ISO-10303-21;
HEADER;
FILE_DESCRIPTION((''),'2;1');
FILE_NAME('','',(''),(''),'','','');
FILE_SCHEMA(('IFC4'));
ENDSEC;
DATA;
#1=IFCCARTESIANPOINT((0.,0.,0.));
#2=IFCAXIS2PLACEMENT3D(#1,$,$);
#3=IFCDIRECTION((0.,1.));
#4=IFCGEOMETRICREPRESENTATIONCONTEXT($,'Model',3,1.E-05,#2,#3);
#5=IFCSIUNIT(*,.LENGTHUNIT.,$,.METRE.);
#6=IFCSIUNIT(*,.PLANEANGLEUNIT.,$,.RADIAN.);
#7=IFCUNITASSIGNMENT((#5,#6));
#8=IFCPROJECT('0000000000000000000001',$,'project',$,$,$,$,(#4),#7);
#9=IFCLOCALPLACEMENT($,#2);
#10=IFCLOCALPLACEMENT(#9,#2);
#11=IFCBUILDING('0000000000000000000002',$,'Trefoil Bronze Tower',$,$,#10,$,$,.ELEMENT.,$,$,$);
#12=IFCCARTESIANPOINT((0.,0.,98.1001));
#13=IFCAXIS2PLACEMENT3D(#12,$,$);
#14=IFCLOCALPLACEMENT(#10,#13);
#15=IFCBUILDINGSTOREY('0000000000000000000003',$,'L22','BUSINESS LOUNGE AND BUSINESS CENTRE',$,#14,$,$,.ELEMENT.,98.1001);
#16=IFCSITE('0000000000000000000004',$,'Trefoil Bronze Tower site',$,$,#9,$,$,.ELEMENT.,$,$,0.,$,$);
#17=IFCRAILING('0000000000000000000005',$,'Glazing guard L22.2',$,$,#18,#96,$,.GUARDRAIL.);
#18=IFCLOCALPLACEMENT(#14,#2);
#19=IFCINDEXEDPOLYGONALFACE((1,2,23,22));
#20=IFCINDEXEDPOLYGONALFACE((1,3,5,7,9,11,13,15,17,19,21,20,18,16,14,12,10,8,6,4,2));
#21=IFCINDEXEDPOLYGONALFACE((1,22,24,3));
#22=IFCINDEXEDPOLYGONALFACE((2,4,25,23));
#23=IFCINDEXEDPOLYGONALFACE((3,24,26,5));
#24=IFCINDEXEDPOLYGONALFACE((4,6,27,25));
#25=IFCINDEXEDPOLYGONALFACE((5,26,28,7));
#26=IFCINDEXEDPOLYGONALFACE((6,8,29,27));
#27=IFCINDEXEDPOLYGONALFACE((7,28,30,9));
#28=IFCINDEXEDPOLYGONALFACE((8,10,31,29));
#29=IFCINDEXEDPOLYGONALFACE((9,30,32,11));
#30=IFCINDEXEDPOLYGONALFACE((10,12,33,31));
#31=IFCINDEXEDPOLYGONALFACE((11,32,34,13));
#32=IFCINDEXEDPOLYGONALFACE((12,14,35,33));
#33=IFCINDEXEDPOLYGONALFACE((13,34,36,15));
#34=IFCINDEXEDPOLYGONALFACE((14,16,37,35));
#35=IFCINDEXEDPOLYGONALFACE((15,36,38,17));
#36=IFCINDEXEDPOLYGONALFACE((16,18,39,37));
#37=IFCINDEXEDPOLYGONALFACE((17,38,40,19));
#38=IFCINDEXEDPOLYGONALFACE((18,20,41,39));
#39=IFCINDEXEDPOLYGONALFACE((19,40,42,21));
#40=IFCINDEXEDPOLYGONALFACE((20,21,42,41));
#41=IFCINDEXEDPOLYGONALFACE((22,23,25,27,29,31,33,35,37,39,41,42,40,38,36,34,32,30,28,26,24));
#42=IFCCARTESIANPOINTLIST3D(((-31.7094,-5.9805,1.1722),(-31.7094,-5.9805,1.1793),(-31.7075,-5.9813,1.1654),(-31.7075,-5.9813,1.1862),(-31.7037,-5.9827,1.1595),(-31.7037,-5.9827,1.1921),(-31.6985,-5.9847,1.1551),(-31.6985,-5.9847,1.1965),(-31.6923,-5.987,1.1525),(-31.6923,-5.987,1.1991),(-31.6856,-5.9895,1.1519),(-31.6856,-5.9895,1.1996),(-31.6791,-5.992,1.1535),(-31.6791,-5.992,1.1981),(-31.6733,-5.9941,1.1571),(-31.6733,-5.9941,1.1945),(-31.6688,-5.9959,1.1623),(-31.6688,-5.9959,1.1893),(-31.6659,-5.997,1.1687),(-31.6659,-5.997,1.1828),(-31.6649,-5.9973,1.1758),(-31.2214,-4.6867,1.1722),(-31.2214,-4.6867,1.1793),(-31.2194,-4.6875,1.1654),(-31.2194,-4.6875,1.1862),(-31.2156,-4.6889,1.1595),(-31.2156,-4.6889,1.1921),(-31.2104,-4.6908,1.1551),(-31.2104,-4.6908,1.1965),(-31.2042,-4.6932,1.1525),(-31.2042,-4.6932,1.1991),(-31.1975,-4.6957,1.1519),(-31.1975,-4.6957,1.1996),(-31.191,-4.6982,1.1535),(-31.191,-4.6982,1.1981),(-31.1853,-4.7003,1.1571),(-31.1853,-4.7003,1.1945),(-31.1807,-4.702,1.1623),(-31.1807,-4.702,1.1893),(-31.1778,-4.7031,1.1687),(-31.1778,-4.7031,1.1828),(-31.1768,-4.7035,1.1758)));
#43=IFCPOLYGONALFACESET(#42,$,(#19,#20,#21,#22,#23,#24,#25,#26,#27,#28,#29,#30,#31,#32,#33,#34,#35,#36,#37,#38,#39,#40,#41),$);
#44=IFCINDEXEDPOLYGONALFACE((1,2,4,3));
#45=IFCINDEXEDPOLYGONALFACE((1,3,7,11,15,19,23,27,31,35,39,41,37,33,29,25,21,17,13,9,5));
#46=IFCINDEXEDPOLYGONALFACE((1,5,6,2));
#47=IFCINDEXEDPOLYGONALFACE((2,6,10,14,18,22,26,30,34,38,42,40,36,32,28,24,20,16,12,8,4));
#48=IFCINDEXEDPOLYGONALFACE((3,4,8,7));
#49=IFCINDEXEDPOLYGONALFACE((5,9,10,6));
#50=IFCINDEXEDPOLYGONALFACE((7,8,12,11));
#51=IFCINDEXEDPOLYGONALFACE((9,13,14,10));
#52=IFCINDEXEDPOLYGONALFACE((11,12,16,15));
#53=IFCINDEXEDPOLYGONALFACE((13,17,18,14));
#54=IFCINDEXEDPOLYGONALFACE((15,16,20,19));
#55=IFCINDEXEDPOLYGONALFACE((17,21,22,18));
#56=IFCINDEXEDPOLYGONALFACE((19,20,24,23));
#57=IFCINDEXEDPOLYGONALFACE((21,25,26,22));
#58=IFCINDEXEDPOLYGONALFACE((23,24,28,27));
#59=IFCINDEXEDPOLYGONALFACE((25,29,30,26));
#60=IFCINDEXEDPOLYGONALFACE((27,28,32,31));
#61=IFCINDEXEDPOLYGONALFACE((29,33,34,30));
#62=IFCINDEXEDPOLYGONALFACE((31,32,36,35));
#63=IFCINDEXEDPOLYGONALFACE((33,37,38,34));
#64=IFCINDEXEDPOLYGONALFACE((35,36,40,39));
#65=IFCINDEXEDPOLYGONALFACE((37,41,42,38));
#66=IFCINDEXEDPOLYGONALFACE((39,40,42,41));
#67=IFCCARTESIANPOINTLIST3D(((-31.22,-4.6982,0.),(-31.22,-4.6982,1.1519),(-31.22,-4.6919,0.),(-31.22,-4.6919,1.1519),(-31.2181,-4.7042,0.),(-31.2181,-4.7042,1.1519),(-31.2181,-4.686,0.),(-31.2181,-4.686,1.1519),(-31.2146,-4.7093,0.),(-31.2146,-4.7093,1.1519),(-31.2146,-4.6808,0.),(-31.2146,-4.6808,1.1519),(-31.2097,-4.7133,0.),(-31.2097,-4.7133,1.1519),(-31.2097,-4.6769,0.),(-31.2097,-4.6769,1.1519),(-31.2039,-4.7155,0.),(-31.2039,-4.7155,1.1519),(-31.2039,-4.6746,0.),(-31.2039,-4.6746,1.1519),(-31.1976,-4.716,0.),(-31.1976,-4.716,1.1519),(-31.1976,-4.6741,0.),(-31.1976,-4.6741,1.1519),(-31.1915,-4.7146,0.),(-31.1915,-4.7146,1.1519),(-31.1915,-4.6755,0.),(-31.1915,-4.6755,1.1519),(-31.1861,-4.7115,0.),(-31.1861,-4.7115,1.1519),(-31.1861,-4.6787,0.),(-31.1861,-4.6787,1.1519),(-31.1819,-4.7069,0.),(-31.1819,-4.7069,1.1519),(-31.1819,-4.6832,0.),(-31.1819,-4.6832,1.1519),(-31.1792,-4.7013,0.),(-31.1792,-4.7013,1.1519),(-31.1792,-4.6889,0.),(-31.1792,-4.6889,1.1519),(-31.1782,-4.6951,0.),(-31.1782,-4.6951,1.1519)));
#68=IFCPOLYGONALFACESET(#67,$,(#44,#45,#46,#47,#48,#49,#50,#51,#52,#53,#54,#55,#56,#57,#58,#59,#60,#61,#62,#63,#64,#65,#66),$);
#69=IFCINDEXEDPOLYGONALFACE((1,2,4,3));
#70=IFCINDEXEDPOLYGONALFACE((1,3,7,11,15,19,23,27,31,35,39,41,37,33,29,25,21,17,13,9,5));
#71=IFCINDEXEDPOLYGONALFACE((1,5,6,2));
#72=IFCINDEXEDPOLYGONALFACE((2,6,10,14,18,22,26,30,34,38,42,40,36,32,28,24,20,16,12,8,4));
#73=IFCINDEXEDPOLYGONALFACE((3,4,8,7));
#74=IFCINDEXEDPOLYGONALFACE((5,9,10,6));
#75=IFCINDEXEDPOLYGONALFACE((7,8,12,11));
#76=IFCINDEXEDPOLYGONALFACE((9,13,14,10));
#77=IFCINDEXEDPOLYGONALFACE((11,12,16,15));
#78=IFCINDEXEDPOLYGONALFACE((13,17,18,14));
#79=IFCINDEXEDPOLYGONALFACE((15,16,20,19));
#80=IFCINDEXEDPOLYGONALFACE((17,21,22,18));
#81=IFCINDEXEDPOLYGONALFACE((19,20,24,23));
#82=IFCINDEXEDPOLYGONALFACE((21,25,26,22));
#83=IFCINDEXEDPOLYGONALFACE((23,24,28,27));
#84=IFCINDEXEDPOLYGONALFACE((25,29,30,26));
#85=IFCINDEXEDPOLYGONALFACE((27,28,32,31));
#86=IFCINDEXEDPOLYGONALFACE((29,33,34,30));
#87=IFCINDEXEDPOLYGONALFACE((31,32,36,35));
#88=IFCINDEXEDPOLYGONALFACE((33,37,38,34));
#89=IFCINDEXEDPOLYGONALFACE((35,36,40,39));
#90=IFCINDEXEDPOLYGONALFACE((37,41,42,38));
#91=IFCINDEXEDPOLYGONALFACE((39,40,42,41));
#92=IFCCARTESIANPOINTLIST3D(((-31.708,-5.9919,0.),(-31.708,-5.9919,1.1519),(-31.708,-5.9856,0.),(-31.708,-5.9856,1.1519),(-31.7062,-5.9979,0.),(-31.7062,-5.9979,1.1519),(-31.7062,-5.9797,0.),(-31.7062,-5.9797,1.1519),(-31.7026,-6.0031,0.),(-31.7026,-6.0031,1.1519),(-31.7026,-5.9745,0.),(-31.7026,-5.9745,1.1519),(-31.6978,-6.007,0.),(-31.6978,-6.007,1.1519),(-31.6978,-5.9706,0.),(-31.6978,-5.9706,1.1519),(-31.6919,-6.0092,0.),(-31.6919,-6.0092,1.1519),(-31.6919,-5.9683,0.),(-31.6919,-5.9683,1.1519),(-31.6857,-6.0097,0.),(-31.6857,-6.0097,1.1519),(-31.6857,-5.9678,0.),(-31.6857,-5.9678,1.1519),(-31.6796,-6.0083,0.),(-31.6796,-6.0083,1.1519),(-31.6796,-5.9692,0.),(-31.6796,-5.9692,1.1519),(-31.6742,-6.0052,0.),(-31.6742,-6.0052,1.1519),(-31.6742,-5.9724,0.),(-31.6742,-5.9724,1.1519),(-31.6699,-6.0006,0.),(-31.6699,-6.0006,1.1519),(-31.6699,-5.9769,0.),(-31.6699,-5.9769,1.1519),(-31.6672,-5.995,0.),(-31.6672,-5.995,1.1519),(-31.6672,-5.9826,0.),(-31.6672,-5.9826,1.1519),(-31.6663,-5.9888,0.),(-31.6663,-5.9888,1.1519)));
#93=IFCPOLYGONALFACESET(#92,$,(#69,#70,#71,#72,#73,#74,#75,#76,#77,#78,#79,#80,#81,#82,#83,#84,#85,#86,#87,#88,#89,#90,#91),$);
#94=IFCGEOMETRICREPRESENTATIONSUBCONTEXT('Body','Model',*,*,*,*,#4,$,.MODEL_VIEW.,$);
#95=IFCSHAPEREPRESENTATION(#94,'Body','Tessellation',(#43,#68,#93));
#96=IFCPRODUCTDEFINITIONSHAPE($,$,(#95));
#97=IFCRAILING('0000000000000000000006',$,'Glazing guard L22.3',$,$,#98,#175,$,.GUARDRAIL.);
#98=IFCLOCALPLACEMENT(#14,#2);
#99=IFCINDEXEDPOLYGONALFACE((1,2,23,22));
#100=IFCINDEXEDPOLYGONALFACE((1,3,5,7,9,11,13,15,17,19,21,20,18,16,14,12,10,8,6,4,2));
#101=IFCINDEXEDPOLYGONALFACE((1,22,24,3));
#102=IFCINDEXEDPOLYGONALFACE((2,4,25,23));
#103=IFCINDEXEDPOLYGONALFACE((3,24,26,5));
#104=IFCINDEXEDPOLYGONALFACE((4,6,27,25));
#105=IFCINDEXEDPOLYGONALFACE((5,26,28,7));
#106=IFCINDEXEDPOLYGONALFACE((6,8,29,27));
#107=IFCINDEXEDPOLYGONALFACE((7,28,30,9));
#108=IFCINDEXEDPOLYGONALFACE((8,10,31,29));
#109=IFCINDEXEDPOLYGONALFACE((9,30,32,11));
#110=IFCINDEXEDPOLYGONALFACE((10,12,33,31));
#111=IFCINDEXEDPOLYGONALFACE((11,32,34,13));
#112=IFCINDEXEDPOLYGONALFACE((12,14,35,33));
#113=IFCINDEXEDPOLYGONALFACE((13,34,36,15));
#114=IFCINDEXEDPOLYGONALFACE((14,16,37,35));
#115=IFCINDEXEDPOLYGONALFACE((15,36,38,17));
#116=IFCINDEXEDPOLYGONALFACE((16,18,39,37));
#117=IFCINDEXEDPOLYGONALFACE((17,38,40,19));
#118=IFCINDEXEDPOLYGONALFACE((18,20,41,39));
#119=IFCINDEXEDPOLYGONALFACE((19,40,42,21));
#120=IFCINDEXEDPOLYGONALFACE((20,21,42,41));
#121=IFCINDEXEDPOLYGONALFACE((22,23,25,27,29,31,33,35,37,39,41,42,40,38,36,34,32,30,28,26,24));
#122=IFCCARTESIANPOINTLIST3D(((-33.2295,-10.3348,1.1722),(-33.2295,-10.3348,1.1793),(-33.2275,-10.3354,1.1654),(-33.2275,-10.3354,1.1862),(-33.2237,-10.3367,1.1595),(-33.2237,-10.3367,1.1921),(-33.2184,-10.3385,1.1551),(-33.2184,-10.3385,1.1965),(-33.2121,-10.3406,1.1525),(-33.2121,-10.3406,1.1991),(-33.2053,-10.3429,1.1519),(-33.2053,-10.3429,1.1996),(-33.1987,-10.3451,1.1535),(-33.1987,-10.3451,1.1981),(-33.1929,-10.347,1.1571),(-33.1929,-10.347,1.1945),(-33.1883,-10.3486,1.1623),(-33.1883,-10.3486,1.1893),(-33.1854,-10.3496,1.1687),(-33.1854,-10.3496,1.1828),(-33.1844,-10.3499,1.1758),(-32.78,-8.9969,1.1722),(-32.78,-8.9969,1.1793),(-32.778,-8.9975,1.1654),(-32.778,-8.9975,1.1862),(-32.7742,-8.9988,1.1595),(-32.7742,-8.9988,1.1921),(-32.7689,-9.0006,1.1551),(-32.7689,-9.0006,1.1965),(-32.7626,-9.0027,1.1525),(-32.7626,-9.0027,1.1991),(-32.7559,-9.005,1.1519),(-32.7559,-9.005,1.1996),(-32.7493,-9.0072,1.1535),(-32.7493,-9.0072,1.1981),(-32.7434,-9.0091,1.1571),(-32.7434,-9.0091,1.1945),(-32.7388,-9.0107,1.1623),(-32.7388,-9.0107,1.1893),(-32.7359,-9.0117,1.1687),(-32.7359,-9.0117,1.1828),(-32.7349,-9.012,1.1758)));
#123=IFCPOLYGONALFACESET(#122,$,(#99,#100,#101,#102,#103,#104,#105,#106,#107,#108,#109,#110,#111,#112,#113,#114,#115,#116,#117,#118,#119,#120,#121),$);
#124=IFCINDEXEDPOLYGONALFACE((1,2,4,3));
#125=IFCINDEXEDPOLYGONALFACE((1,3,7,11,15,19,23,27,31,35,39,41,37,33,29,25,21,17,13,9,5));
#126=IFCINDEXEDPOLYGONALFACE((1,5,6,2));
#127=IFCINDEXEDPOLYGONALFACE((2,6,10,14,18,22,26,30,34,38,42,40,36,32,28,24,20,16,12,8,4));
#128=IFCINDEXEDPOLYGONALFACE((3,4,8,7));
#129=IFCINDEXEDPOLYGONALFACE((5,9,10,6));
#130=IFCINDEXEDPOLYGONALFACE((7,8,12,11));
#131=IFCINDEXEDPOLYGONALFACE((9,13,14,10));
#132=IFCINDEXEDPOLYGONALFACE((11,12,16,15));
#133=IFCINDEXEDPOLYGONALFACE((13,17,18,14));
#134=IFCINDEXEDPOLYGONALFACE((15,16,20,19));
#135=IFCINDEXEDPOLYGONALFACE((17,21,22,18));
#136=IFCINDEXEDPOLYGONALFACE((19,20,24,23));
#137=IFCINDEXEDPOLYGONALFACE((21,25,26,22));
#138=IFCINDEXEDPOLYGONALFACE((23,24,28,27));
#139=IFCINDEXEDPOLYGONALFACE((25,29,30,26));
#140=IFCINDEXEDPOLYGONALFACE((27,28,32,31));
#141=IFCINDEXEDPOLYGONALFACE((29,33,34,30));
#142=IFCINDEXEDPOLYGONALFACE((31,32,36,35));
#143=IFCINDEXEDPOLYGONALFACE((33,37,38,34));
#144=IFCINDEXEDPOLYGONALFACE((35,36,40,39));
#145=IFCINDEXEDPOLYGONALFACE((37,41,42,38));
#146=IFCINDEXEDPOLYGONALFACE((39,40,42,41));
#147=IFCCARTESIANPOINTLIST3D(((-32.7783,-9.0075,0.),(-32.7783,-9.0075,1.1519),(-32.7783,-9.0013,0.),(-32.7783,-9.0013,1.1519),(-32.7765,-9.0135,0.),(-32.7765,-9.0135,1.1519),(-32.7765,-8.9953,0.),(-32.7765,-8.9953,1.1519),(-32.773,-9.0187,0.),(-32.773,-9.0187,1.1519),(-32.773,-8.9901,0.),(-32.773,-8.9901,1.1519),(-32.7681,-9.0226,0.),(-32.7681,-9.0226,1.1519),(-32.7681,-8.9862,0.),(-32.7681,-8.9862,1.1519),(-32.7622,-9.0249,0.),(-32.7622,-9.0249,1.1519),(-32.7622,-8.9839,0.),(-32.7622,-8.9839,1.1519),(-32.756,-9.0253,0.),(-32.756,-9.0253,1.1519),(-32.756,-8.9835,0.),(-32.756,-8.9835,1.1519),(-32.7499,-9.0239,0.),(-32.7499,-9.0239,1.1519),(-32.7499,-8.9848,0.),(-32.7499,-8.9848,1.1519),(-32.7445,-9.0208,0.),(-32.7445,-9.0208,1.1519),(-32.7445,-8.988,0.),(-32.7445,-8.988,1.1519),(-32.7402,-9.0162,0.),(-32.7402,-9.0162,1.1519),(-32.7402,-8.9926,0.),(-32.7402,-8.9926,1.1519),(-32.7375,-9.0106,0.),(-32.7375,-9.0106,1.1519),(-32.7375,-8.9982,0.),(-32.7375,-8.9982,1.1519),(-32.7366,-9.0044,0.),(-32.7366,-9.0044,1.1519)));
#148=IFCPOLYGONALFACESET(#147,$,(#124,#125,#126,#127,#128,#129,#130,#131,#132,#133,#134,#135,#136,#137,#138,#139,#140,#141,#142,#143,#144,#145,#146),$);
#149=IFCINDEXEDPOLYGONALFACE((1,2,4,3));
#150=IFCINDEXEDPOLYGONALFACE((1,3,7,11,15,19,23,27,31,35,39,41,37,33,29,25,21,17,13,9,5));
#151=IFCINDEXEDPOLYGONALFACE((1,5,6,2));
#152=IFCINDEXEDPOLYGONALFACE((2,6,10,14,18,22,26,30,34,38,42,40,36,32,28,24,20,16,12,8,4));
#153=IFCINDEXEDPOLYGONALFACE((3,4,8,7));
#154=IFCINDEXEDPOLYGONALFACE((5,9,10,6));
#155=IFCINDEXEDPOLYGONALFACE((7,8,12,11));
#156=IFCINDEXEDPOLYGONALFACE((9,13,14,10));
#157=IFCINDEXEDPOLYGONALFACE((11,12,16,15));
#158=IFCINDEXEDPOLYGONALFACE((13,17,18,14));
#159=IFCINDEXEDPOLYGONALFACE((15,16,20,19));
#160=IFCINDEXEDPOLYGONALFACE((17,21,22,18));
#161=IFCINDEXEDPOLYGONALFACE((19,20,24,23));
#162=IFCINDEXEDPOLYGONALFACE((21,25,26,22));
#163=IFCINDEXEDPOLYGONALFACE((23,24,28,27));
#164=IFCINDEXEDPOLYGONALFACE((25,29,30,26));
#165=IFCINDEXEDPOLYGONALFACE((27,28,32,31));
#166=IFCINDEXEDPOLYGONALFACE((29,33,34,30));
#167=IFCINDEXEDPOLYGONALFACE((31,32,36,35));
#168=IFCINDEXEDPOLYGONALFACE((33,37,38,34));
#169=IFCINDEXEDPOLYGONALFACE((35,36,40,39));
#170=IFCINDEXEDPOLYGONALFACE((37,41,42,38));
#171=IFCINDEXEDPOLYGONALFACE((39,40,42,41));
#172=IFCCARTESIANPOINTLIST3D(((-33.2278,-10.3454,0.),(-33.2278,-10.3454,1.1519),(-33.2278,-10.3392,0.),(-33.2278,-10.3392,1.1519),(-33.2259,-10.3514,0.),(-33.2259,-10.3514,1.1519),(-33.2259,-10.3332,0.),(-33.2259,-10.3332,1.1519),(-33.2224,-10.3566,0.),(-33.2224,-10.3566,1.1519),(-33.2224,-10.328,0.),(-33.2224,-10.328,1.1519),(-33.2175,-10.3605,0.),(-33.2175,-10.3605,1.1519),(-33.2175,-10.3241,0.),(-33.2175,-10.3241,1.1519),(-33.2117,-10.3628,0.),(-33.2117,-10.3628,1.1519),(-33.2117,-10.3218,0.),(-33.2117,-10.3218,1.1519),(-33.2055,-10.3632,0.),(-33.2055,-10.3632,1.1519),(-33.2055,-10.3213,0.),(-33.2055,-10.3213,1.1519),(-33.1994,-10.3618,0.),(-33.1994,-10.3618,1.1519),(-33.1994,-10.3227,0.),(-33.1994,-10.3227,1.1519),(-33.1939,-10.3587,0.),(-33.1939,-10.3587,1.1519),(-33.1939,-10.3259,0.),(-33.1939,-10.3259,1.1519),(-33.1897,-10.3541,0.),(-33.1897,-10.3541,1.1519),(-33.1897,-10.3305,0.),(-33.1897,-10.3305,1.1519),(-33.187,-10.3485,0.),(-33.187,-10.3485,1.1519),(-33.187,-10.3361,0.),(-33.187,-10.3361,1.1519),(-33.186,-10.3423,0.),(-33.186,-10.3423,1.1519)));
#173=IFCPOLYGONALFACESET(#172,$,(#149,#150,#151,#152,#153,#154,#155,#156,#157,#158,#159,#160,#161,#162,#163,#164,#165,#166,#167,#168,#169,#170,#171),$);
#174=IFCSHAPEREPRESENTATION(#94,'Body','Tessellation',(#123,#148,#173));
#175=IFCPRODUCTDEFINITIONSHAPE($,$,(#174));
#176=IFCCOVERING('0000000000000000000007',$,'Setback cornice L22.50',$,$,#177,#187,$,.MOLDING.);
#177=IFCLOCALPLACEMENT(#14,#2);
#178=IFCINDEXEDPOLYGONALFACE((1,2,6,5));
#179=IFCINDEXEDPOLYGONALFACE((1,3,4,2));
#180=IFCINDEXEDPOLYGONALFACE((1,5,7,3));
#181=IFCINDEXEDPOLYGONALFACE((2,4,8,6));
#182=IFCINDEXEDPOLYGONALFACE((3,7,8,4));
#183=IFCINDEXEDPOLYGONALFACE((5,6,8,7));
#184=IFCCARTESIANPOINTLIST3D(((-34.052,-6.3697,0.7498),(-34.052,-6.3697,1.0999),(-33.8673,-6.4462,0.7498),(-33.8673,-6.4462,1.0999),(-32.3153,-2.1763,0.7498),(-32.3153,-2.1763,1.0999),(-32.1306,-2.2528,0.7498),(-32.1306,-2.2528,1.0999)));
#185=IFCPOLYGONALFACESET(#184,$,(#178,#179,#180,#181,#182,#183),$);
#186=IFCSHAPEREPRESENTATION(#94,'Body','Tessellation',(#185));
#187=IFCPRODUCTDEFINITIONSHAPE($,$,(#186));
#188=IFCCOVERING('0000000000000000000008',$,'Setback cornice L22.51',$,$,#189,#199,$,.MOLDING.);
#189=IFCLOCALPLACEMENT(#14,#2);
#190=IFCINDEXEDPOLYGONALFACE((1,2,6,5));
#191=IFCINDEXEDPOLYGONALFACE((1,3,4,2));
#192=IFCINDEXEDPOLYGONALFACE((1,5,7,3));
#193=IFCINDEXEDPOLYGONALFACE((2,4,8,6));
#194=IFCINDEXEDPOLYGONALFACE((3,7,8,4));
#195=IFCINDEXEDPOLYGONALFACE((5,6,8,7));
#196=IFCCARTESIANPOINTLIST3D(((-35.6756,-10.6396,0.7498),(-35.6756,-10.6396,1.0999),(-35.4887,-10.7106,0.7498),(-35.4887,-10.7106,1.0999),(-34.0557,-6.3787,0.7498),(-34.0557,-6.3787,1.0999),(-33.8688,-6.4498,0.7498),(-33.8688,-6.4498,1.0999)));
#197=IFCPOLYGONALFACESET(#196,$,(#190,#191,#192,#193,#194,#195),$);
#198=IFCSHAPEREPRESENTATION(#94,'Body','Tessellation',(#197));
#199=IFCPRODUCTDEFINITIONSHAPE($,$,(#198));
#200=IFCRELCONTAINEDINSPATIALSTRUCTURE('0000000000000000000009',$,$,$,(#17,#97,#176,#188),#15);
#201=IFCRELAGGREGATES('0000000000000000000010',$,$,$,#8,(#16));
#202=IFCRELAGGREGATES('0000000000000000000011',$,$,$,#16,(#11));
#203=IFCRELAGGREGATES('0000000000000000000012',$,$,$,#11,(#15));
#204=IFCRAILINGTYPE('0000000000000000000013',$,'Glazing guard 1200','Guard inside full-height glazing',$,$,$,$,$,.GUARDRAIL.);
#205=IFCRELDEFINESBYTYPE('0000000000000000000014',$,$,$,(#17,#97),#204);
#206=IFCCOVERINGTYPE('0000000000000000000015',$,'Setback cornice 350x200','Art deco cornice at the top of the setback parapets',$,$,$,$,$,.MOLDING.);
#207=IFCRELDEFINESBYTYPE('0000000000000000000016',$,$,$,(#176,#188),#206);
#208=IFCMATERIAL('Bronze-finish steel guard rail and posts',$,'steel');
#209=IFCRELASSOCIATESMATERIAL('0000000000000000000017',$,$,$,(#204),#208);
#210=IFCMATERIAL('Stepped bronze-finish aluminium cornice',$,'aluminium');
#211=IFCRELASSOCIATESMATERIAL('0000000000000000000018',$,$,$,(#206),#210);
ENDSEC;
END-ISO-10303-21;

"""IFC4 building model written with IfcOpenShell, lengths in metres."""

from ifc_helpers import new_model, si_unit, direction, frame, origin, origin_2d, place, context, subcontext, project, spatial, rectangle, circle, extrude, material, type_object, element, save


model = new_model("IFC4")

# Units and contexts
model_context = context("Model", 3, precision=1e-05, world=origin(), true_north=direction((0.0, 1.0)))
body_context = subcontext(model_context, "Body", "Model", "MODEL_VIEW")
ifc_project = project(units=[si_unit("LENGTHUNIT", "METRE"), si_unit("PLANEANGLEUNIT", "RADIAN")], contexts=[model_context])

# Site, building, storey
site_placement = place(None, origin())
site = spatial("IfcSite", under=ifc_project, at=site_placement, Name="Trefoil Bronze Tower site", CompositionType="ELEMENT", RefElevation=0.0)
building_placement = place(site_placement, origin())
building = spatial("IfcBuilding", under=site, at=building_placement, Name="Trefoil Bronze Tower", CompositionType="ELEMENT")
storey_placement = place(building_placement, frame((0.0, 0.0, 98.1001)))
storey = spatial("IfcBuildingStorey", under=building, at=storey_placement, Name="L22", Description="BUSINESS LOUNGE AND BUSINESS CENTRE", CompositionType="ELEMENT", Elevation=98.1001)

# Railings
ifc_material_1 = material(Name="Bronze-finish steel guard rail and posts", Category="steel")
railing_type = type_object("IfcRailingType", Name="Glazing guard 1200", Description="Guard inside full-height glazing", PredefinedType="GUARDRAIL", material=ifc_material_1)
railing_1_placement = place(storey_placement, frame((-31.1992, -4.6951, 0.0)))
element("IfcRailing", 1, at=railing_1_placement, inside=storey, type_object=railing_type, Name="Glazing guard L22.2", PredefinedType="GUARDRAIL", context=body_context, shape_type="SweptSolid", body=[
    extrude(circle(Radius=0.0239, at=origin_2d()), frame((0.0, 0.0, 1.1758), z_axis=(-0.352961, -0.935638, 0.0), x_axis=(0.935638, -0.352961, 0.0)), (0.0, 0.0, 1.0), 1.3828),
    extrude(circle(Radius=0.021, at=origin_2d()), origin(), (0.0, 0.0, 1.0), 1.1519),
    extrude(circle(Radius=0.021, at=origin_2d()), frame((-0.488, -1.2937, 0.0)), (0.0, 0.0, 1.0), 1.1519),
])
railing_2_placement = place(storey_placement, frame((-32.7576, -9.0044, 0.0)))
element("IfcRailing", 2, at=railing_2_placement, inside=storey, type_object=railing_type, Name="Glazing guard L22.3", PredefinedType="GUARDRAIL", context=body_context, shape_type="SweptSolid", body=[
    extrude(circle(Radius=0.0239, at=origin_2d()), frame((0.0, 0.0, 1.1758), z_axis=(-0.318458, -0.947937, 0.0), x_axis=(0.947937, -0.318458, 0.0)), (0.0, 0.0, 1.0), 1.4114),
    extrude(circle(Radius=0.021, at=origin_2d()), origin(), (0.0, 0.0, 1.0), 1.1519),
    extrude(circle(Radius=0.021, at=origin_2d()), frame((-0.4495, -1.3379, 0.0)), (0.0, 0.0, 1.0), 1.1519),
])

# Coverings
ifc_material_2 = material(Name="Stepped bronze-finish aluminium cornice", Category="aluminium")
covering_type = type_object("IfcCoveringType", Name="Setback cornice 350x200", Description="Art deco cornice at the top of the setback parapets", PredefinedType="MOLDING", material=ifc_material_2)
covering_1_placement = place(storey_placement, frame((-33.0913, -4.3113, 0.7498), z_axis=(0.0, 0.0, 1.0), x_axis=(-0.38263, -0.923902, 0.0)))
element("IfcCovering", 3, at=covering_1_placement, inside=storey, type_object=covering_type, Name="Setback cornice L22.50", PredefinedType="MOLDING", context=body_context, shape_type="SweptSolid", body=[
    extrude(rectangle(XDim=4.5388, YDim=0.2, at=origin_2d()), origin(), (0.0, 0.0, 1.0), 0.3501),
])
covering_2_placement = place(storey_placement, frame((-34.7722, -8.5447, 0.7498), z_axis=(0.0, 0.0, 1.0), x_axis=(-0.355371, -0.934725, 0.0)))
element("IfcCovering", 4, at=covering_2_placement, inside=storey, type_object=covering_type, Name="Setback cornice L22.51", PredefinedType="MOLDING", context=body_context, shape_type="SweptSolid", body=[
    extrude(rectangle(XDim=4.5583, YDim=0.2, at=origin_2d()), origin(), (0.0, 0.0, 1.0), 0.3501),
])

save(model, "model.ifc")
